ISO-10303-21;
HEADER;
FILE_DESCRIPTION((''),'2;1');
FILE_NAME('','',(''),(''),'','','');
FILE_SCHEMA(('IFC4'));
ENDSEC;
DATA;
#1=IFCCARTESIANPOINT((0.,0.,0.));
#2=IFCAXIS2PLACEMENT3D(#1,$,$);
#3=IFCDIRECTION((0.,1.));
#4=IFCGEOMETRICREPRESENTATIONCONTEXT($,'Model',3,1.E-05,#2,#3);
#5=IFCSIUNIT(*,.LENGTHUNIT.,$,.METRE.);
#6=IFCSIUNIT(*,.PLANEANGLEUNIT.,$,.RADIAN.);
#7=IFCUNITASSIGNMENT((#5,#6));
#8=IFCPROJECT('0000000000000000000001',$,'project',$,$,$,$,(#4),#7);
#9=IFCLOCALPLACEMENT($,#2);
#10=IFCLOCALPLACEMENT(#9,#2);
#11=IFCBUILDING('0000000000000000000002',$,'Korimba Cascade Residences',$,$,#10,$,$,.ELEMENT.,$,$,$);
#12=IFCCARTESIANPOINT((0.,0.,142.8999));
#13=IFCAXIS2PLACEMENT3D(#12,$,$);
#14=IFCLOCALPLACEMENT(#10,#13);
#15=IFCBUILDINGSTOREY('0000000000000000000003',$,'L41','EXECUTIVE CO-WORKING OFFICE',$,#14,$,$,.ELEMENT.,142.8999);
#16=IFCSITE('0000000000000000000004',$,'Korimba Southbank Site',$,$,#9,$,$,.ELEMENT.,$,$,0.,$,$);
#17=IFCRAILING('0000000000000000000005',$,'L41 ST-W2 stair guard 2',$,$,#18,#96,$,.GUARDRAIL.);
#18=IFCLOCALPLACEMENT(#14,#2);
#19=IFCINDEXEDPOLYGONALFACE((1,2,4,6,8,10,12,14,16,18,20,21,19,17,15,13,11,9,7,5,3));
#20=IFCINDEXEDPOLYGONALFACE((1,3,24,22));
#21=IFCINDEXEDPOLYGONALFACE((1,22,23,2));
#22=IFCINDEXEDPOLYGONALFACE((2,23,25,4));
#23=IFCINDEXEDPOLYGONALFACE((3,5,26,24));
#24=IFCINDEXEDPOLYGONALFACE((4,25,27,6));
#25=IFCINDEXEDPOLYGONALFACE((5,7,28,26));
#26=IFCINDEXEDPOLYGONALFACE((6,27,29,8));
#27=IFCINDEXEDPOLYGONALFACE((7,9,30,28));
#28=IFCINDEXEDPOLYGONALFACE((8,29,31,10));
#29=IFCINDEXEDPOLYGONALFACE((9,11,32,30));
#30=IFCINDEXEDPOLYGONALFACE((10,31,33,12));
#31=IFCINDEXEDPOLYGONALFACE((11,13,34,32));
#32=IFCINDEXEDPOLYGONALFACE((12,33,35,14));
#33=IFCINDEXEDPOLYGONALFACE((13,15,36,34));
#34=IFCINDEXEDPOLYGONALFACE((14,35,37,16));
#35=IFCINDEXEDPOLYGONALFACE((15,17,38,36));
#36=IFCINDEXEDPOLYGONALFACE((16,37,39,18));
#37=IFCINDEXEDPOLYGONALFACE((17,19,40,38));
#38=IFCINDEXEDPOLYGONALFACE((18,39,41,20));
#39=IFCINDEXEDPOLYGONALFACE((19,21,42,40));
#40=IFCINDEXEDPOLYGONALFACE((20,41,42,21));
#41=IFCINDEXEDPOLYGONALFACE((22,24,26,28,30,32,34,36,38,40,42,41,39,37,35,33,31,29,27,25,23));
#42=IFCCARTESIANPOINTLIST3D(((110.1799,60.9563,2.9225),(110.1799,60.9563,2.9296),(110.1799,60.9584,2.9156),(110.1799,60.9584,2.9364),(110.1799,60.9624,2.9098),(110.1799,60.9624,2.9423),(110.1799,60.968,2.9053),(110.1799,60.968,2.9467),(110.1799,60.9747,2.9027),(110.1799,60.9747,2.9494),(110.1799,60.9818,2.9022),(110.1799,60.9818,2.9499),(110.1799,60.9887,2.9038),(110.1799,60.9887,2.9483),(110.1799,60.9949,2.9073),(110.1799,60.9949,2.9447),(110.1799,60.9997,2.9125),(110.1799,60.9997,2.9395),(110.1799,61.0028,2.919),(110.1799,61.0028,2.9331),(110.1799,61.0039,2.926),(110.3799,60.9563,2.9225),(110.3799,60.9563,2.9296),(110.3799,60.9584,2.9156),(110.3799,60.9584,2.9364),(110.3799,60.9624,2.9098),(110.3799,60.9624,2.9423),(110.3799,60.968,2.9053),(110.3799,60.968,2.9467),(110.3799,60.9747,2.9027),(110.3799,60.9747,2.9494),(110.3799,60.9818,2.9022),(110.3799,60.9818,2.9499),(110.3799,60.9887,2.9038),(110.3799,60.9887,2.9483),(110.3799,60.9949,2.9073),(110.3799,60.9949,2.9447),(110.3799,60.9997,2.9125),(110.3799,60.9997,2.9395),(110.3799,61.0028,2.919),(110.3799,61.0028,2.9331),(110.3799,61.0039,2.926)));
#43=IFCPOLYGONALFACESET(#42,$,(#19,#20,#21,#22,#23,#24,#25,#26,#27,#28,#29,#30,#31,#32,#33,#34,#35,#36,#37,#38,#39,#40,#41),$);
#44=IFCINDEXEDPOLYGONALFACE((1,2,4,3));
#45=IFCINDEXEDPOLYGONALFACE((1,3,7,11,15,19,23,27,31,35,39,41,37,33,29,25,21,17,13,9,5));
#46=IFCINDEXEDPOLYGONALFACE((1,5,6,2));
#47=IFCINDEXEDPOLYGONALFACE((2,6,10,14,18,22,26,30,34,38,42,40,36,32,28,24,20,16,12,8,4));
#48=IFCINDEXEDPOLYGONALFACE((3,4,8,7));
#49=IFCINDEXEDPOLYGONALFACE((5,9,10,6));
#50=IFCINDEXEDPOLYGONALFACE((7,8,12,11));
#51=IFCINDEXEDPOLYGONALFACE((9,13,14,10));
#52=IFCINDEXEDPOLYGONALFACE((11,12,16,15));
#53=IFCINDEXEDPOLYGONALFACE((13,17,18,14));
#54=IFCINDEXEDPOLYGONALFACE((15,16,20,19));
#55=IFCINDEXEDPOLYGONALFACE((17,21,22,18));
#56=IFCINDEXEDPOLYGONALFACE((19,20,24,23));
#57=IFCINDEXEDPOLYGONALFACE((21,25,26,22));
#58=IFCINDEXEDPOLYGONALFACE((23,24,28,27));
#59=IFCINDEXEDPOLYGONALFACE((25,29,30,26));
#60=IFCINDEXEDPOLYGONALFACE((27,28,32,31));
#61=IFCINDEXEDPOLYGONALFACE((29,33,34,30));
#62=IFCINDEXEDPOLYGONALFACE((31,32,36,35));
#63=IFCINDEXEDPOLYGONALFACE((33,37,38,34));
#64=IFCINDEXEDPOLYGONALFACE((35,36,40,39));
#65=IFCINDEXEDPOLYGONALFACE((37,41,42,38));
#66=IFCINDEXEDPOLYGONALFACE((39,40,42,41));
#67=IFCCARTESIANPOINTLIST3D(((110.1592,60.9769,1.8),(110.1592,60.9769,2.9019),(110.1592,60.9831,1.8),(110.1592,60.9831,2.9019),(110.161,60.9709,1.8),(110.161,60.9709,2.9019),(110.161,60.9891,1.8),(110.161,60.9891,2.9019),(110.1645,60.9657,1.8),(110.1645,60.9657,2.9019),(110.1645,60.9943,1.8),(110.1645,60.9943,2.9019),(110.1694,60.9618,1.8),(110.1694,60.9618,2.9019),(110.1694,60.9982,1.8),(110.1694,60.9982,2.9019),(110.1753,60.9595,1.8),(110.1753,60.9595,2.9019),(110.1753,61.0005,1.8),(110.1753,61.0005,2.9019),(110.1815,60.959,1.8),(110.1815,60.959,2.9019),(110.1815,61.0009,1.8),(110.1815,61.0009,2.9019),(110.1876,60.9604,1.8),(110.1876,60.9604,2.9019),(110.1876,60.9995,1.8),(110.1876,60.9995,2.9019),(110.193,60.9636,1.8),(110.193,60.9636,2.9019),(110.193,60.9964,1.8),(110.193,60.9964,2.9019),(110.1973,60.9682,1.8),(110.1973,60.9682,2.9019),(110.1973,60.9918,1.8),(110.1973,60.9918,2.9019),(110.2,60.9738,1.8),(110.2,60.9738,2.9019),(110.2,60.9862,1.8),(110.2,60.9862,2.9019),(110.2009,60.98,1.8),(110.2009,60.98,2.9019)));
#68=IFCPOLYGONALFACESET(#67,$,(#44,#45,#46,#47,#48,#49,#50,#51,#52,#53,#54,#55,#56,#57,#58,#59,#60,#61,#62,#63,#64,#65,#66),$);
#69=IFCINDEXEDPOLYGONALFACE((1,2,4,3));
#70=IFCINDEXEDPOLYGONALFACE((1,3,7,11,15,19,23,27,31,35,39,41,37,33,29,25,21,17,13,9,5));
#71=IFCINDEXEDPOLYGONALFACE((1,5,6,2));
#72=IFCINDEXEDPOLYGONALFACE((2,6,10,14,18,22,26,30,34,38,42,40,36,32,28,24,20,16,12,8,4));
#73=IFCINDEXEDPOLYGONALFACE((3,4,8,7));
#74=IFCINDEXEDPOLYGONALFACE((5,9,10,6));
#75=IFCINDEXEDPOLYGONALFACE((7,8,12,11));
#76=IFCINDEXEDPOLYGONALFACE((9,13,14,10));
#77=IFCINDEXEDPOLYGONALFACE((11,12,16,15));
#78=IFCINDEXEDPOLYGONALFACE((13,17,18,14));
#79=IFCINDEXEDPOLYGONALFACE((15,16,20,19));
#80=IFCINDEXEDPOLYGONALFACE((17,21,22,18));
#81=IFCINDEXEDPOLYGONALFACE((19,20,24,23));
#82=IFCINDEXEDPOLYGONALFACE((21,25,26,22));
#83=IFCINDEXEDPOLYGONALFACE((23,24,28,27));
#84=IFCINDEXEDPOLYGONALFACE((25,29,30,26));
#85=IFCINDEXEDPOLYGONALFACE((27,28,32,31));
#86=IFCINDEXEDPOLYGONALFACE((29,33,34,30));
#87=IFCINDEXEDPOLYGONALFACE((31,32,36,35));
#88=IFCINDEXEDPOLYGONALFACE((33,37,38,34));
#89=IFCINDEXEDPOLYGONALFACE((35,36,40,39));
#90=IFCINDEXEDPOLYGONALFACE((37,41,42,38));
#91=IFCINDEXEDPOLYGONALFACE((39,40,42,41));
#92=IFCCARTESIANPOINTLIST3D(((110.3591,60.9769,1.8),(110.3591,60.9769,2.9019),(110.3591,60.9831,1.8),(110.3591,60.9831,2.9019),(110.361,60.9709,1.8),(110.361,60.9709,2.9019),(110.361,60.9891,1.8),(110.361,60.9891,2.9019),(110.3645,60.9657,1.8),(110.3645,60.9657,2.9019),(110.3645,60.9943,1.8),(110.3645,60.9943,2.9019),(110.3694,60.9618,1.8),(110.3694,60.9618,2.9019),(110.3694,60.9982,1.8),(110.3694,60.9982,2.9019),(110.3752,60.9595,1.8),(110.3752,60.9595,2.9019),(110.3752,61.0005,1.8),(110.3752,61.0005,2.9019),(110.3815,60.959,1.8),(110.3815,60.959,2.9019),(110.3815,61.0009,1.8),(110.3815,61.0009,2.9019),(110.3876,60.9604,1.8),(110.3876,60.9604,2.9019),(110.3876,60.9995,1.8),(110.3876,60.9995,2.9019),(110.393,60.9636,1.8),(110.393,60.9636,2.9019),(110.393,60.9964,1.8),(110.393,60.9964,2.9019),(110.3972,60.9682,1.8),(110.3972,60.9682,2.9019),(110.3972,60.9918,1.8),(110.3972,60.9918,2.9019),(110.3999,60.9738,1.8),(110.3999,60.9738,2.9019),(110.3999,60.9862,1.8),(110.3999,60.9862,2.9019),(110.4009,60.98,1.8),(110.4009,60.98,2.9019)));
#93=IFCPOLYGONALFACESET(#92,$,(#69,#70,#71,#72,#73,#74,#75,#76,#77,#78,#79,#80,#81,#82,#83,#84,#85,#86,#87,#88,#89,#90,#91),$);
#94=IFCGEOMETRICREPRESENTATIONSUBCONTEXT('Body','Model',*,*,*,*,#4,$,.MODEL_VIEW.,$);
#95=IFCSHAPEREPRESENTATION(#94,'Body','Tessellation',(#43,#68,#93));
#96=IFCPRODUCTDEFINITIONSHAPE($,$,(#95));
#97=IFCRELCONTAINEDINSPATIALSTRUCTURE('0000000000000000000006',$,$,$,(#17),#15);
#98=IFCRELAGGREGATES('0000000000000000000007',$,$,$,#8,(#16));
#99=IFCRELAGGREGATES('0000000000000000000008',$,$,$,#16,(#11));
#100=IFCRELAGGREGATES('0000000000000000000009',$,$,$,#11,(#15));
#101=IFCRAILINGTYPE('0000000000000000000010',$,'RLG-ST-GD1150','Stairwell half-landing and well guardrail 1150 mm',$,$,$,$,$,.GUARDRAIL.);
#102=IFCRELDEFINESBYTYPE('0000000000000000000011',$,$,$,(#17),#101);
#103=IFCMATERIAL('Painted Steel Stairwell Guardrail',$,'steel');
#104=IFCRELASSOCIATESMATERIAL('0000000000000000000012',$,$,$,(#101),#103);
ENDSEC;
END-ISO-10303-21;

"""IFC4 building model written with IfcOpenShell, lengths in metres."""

from ifc_helpers import new_model, si_unit, direction, frame, origin, origin_2d, place, context, subcontext, project, spatial, circle, extrude, material, type_object, element, save


model = new_model("IFC4")

# Units and contexts
model_context = context("Model", 3, precision=1e-05, world=origin(), true_north=direction((0.0, 1.0)))
body_context = subcontext(model_context, "Body", "Model", "MODEL_VIEW")
ifc_project = project(units=[si_unit("LENGTHUNIT", "METRE"), si_unit("PLANEANGLEUNIT", "RADIAN")], contexts=[model_context])

# Site, building, storey
site_placement = place(None, origin())
site = spatial("IfcSite", under=ifc_project, at=site_placement, Name="Korimba Southbank Site", CompositionType="ELEMENT", RefElevation=0.0)
building_placement = place(site_placement, origin())
building = spatial("IfcBuilding", under=site, at=building_placement, Name="Korimba Cascade Residences", CompositionType="ELEMENT")
storey_placement = place(building_placement, frame((0.0, 0.0, 142.8999)))
storey = spatial("IfcBuildingStorey", under=building, at=storey_placement, Name="L41", Description="EXECUTIVE CO-WORKING OFFICE", CompositionType="ELEMENT", Elevation=142.8999)

# Railing
ifc_material_1 = material(Name="Painted Steel Stairwell Guardrail", Category="steel")
railing_type_1 = type_object("IfcRailingType", Name="RLG-ST-GD1150", Description="Stairwell half-landing and well guardrail 1150 mm", PredefinedType="GUARDRAIL", material=ifc_material_1)
railing_1_placement = place(storey_placement, frame((110.1799, 60.98, 1.8)))
element("IfcRailing", 1, at=railing_1_placement, inside=storey, type_object=railing_type_1, Name="L41 ST-W2 stair guard 2", PredefinedType="GUARDRAIL", context=body_context, shape_type="SweptSolid", body=[
    extrude(circle(Radius=0.0239, at=origin_2d()), frame((0.0, 0.0, 1.126), z_axis=(1.0, 0.0, 0.0), x_axis=(0.0, 1.0, 0.0)), (0.0, 0.0, 1.0), 0.2),
    extrude(circle(Radius=0.021, at=origin_2d()), origin(), (0.0, 0.0, 1.0), 1.1018),
    extrude(circle(Radius=0.021, at=origin_2d()), frame((0.2, 0.0, 0.0)), (0.0, 0.0, 1.0), 1.1018),
])

save(model, "model.ifc")
